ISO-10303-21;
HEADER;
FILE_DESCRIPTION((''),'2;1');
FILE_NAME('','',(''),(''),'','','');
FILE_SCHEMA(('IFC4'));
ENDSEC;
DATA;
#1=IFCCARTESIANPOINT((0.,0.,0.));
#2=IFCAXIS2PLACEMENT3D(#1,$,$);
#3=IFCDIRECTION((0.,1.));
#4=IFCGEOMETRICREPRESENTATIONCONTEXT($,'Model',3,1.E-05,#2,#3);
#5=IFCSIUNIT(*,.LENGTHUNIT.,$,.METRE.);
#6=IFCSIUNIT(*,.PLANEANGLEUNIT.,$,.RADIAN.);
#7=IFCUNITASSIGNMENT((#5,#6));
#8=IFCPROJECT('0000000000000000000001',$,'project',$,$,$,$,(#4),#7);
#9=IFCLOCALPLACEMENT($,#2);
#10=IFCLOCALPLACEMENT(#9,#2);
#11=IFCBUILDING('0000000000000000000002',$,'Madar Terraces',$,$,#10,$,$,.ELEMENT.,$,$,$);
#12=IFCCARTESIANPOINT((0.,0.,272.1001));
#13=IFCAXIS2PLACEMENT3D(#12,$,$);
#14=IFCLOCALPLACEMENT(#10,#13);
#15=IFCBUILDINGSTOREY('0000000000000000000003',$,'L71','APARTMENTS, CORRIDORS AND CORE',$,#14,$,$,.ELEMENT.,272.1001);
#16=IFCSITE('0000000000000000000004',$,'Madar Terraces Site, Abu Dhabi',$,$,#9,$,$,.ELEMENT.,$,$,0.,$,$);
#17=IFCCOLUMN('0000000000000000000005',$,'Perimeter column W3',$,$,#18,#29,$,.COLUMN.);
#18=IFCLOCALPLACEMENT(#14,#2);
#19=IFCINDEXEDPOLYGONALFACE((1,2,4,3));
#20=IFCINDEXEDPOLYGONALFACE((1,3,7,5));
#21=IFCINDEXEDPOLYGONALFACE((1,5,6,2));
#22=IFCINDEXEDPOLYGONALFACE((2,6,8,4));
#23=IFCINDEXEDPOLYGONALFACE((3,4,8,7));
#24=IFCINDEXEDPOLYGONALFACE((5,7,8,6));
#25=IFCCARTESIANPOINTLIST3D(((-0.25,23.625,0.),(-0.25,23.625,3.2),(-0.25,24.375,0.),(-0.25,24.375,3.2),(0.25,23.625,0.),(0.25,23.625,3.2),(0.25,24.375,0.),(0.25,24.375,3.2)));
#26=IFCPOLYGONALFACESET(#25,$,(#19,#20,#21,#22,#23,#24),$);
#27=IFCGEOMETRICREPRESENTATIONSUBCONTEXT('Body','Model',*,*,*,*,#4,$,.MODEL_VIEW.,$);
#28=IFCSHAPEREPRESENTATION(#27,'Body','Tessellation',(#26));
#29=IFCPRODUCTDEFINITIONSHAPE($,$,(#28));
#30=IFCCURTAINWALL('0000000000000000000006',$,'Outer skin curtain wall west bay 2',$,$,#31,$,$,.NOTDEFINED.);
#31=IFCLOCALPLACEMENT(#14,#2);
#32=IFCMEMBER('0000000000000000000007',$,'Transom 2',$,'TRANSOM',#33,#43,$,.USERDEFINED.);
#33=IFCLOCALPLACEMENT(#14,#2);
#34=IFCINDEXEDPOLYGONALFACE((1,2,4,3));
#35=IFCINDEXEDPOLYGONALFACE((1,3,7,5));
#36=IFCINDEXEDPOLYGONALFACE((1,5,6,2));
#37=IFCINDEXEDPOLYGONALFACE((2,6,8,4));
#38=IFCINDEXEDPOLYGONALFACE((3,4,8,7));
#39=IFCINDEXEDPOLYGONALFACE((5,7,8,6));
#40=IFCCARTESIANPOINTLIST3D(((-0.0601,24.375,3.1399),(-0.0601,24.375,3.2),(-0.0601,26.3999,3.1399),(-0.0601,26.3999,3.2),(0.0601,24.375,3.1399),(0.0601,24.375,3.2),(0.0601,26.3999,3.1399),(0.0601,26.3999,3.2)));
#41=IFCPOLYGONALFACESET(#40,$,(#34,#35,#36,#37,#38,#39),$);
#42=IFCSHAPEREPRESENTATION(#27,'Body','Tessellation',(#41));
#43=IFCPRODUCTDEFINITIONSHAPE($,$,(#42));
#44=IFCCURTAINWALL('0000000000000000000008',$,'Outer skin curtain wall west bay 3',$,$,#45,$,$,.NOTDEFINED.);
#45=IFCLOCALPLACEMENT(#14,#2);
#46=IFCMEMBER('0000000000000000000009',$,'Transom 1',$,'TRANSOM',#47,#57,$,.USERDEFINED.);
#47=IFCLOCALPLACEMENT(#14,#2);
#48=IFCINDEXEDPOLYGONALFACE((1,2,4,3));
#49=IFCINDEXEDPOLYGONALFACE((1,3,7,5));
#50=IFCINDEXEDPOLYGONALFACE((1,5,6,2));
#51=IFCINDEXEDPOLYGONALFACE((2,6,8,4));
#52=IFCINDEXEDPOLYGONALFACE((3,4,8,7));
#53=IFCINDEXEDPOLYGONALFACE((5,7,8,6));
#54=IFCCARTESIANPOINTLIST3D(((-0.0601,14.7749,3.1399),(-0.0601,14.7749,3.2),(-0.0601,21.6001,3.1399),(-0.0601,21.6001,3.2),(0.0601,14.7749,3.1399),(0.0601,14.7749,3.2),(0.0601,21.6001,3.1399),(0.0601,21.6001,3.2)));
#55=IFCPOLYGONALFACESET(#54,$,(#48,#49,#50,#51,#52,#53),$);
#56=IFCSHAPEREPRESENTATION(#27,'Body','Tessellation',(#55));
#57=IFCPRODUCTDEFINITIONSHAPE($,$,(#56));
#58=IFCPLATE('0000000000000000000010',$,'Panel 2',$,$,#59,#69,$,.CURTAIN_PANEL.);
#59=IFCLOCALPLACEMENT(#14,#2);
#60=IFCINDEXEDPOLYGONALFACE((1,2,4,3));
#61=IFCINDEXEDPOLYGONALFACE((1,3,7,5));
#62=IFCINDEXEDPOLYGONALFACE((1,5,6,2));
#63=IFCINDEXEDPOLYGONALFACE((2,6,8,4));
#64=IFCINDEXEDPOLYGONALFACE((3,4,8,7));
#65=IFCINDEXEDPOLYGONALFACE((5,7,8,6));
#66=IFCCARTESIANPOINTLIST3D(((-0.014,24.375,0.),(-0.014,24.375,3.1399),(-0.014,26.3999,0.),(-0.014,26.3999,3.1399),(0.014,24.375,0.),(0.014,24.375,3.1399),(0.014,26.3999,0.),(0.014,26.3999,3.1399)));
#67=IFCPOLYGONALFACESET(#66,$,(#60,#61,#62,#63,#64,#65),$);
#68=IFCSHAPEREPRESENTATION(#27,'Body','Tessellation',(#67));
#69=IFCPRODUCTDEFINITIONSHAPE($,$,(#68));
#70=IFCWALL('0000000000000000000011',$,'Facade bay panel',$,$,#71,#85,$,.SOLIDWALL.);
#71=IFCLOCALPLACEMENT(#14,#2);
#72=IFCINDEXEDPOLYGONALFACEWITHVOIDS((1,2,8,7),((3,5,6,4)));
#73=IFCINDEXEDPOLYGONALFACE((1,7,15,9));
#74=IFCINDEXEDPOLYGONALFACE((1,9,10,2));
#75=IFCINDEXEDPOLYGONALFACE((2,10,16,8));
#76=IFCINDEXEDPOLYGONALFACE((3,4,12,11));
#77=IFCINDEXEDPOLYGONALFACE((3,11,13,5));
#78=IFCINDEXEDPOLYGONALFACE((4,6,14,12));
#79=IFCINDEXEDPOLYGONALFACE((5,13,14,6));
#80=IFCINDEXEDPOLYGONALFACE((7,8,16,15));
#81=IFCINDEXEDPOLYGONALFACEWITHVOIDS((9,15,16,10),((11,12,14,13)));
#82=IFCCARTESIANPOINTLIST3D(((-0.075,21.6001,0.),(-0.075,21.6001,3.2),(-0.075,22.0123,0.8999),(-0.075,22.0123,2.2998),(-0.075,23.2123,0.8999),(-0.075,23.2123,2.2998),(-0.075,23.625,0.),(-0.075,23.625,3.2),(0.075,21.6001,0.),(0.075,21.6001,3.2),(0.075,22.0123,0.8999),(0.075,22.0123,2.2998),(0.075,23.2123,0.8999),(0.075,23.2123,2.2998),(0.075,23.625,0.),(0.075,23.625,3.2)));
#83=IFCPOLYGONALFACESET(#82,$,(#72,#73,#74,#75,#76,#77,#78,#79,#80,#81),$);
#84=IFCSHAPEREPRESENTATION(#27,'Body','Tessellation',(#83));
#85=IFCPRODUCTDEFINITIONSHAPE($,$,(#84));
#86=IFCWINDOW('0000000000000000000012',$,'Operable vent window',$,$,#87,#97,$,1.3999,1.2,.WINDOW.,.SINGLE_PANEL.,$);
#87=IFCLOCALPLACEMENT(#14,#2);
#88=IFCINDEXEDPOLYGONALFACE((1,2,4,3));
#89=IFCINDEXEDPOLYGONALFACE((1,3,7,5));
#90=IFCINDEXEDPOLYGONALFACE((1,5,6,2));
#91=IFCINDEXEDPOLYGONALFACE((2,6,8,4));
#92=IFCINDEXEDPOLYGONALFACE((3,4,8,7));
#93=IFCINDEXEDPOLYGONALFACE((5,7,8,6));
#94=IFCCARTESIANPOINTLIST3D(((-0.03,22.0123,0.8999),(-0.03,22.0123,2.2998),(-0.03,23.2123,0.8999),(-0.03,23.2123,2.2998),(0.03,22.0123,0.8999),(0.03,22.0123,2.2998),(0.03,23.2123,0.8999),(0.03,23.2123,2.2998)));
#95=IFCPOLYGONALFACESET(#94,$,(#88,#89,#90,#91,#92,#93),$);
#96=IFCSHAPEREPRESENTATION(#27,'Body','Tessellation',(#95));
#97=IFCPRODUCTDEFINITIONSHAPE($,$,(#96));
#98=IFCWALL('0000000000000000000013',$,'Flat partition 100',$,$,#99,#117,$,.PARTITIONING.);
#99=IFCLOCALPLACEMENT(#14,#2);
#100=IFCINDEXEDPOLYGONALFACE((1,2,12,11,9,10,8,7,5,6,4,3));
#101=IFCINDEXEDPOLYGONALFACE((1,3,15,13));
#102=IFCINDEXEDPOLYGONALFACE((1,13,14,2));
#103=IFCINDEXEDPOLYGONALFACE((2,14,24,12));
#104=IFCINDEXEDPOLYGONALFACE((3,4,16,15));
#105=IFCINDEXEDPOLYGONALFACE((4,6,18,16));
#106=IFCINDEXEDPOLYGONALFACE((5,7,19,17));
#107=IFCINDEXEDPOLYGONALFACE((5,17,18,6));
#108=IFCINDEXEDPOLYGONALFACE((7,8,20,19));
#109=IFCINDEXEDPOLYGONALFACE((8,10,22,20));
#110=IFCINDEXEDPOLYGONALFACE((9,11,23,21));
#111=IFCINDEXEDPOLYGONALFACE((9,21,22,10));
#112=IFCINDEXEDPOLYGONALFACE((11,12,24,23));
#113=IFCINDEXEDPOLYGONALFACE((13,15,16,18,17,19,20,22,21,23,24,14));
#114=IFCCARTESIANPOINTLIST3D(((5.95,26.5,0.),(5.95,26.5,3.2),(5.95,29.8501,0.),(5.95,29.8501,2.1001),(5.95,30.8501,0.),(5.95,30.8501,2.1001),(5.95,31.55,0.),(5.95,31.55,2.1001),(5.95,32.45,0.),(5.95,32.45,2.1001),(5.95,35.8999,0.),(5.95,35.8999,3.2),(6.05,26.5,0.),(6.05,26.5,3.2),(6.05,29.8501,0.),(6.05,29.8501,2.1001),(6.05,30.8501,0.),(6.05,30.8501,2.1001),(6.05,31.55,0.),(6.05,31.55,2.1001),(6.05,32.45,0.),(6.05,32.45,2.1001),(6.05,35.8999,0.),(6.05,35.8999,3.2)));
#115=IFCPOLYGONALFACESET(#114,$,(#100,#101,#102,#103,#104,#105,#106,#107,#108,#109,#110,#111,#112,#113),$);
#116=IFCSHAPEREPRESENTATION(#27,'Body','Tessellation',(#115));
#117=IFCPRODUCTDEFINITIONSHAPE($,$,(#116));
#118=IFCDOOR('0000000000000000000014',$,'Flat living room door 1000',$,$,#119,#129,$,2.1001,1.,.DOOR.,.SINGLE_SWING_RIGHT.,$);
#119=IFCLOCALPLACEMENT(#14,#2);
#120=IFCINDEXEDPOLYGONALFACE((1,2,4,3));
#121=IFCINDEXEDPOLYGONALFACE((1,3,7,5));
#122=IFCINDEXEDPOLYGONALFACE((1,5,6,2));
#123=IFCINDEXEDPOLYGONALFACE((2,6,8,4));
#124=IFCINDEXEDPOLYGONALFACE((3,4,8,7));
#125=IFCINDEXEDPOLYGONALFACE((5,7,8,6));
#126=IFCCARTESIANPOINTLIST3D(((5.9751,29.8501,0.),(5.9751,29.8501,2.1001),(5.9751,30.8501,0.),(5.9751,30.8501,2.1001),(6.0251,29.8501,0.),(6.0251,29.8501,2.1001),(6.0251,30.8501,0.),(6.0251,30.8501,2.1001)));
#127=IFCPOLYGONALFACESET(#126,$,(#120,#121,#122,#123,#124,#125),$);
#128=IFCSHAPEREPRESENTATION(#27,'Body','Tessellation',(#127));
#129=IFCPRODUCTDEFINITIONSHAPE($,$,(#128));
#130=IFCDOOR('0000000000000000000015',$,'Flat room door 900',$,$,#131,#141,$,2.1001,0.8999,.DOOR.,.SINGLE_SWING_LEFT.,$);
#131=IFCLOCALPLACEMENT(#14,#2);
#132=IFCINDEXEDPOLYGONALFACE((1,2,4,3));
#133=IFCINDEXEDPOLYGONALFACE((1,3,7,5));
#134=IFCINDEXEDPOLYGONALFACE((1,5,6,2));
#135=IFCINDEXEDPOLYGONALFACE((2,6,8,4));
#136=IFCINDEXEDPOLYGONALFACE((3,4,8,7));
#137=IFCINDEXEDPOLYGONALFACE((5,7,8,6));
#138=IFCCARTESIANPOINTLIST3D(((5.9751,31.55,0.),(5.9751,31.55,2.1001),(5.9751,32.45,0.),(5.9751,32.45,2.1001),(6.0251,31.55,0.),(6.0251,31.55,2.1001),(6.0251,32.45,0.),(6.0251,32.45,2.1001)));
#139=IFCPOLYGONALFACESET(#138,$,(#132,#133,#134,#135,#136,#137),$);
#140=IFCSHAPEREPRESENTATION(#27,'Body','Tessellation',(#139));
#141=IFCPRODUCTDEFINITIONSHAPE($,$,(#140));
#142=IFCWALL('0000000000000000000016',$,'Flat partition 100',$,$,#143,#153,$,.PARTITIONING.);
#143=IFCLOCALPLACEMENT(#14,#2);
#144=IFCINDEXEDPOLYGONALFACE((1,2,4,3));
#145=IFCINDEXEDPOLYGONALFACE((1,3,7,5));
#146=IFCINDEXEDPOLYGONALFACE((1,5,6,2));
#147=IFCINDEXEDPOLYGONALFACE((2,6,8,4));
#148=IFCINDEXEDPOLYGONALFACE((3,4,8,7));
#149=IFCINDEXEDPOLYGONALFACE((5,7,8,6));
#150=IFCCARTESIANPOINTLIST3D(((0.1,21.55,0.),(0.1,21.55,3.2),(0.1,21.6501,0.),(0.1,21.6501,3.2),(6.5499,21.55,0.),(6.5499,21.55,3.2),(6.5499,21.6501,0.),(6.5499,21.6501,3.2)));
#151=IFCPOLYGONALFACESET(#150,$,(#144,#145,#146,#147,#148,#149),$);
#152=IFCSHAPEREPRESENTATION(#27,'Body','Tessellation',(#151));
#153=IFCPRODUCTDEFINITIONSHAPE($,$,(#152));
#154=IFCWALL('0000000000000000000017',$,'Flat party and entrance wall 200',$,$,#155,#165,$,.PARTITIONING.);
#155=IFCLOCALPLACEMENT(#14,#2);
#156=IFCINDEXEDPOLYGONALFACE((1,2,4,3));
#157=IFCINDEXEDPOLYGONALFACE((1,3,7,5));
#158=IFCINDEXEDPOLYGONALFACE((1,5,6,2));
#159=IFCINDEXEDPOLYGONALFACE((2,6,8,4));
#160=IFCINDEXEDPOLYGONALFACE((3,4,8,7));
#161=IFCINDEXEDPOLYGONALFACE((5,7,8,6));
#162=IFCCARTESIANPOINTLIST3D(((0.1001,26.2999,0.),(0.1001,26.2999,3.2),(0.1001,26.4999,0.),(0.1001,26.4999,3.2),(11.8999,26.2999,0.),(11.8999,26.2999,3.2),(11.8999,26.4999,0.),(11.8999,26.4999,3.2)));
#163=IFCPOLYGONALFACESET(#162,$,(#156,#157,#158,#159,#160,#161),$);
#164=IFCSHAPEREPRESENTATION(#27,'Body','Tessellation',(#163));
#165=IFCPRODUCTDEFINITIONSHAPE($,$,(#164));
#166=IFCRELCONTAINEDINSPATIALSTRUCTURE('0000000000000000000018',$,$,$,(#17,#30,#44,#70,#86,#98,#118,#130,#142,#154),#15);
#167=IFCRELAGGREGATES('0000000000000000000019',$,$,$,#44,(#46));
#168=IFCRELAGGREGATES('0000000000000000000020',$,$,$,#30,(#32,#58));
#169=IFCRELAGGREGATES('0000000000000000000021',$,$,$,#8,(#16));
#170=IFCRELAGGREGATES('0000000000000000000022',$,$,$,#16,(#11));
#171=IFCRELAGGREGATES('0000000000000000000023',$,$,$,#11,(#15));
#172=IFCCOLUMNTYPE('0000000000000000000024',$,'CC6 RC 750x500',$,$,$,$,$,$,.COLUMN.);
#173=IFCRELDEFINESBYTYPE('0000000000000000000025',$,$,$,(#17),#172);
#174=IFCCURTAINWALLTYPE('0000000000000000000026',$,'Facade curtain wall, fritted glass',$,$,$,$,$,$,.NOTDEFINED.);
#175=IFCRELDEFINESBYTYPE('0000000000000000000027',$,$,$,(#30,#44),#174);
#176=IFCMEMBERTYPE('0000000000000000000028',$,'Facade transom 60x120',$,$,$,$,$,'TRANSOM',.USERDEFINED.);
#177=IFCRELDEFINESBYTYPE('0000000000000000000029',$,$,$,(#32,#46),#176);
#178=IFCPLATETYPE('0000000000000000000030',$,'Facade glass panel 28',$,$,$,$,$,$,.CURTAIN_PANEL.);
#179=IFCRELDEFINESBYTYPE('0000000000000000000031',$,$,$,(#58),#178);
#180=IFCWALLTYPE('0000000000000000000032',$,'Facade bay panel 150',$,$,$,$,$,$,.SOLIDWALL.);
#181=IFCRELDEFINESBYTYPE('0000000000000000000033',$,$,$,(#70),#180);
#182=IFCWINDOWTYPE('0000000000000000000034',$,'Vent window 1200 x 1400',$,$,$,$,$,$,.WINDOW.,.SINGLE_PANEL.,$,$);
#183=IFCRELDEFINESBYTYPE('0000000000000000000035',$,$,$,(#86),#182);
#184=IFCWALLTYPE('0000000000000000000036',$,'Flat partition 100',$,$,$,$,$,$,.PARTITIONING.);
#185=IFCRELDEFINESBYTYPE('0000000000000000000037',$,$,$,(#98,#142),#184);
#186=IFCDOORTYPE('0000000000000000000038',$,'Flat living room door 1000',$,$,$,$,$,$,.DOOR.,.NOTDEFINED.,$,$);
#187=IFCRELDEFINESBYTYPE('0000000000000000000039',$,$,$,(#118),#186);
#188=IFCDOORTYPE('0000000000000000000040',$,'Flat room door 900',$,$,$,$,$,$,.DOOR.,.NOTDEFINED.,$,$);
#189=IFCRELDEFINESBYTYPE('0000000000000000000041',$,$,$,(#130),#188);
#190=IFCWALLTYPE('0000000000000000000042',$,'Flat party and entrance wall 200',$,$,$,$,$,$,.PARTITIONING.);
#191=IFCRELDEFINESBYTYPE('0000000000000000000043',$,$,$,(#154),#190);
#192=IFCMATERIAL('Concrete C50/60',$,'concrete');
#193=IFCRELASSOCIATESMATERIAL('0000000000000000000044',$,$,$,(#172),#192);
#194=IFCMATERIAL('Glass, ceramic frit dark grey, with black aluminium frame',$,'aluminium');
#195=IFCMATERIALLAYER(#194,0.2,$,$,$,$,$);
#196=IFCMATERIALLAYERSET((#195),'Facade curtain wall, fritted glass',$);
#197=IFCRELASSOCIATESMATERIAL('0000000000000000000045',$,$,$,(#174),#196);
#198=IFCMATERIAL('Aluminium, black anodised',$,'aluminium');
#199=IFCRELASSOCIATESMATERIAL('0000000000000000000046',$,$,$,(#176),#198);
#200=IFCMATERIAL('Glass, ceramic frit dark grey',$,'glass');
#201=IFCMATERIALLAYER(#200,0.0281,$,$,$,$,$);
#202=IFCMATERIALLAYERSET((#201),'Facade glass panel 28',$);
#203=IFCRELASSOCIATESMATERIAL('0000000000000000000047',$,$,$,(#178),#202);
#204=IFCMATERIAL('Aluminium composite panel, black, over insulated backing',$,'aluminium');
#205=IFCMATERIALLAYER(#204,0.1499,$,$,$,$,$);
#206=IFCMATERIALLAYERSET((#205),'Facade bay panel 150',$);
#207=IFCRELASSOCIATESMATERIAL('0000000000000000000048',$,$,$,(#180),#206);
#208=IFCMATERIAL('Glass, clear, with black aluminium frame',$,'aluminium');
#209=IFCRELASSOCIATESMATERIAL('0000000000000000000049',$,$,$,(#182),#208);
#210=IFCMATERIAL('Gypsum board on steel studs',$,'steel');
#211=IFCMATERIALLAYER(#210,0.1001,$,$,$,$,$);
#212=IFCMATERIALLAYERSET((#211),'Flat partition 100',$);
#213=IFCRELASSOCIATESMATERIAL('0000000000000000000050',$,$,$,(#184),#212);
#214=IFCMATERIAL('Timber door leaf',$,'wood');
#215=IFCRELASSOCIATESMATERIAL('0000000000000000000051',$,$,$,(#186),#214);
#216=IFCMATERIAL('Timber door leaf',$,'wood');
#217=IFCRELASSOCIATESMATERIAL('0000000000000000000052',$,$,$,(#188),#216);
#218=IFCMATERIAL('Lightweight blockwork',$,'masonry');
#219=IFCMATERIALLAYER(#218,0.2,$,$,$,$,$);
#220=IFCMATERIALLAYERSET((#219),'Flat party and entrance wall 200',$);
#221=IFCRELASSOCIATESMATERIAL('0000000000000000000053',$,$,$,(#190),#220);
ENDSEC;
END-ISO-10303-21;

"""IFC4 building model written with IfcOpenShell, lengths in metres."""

from ifc_helpers import new_model, si_unit, direction, frame, frame_2d, origin, origin_2d, place, context, subcontext, project, spatial, rectangle, extrude, material, layer, layer_set, material_profile, profile_set, type_object, element, fill, aggregate, save


model = new_model("IFC4")

# Units and contexts
model_context = context("Model", 3, precision=1e-05, world=origin(), true_north=direction((0.0, 1.0)))
body_context = subcontext(model_context, "Body", "Model", "MODEL_VIEW")
ifc_project = project(units=[si_unit("LENGTHUNIT", "METRE"), si_unit("PLANEANGLEUNIT", "RADIAN")], contexts=[model_context])

# Site, building, storey
site_placement = place(None, origin())
site = spatial("IfcSite", under=ifc_project, at=site_placement, Name="Madar Terraces Site, Abu Dhabi", CompositionType="ELEMENT", RefElevation=0.0)
building_placement = place(site_placement, origin())
building = spatial("IfcBuilding", under=site, at=building_placement, Name="Madar Terraces", CompositionType="ELEMENT")
storey_placement = place(building_placement, frame((0.0, 0.0, 272.1001)))
storey = spatial("IfcBuildingStorey", under=building, at=storey_placement, Name="L71", Description="APARTMENTS, CORRIDORS AND CORE", CompositionType="ELEMENT", Elevation=272.1001)

# Column
ifc_material_1 = material(Name="Concrete C50/60", Category="concrete")
ifc_material_profile_1 = material_profile(ifc_material_1, rectangle(XDim=0.75, YDim=0.5, at=origin_2d()), Name="CC6 RC 750x500")
ifc_profile_set_1 = profile_set([ifc_material_profile_1], Name="Concrete C50/60")
column_type = type_object("IfcColumnType", Name="CC6 RC 750x500", PredefinedType="COLUMN", material=ifc_profile_set_1)
column_placement = place(storey_placement, frame((0.0, 24.0, 0.0), z_axis=(0.0, 0.0, 1.0), x_axis=(0.0, 1.0, 0.0)))
element("IfcColumn", 1, at=column_placement, inside=storey, type_object=column_type, Name="Perimeter column W3", PredefinedType="COLUMN", context=body_context, shape_type="SweptSolid", body=[
    extrude(rectangle(XDim=0.75, YDim=0.5, at=origin_2d()), origin(), (0.0, 0.0, 1.0), 3.2),
])

# Curtain walls, members
ifc_material_2 = material(Name="Glass, ceramic frit dark grey, with black aluminium frame", Category="aluminium")
ifc_layer_1 = layer(ifc_material_2, 0.2)
ifc_layer_set_1 = layer_set([ifc_layer_1], Name="Facade curtain wall, fritted glass")
curtain_wall_type = type_object("IfcCurtainWallType", Name="Facade curtain wall, fritted glass", PredefinedType="NOTDEFINED", material=ifc_layer_set_1)
curtain_wall_1_placement = place(storey_placement, origin())
curtain_wall_1 = element("IfcCurtainWall", 2, at=curtain_wall_1_placement, inside=storey, type_object=curtain_wall_type, Name="Outer skin curtain wall west bay 2", PredefinedType="NOTDEFINED")
ifc_material_3 = material(Name="Aluminium, black anodised", Category="aluminium")
ifc_material_profile_2 = material_profile(ifc_material_3, rectangle(XDim=0.1201, YDim=0.0601, at=origin_2d()), Name="Facade transom 60x120")
ifc_profile_set_2 = profile_set([ifc_material_profile_2], Name="Aluminium, black anodised")
member_type = type_object("IfcMemberType", Name="Facade transom 60x120", ElementType="TRANSOM", PredefinedType="USERDEFINED", material=ifc_profile_set_2)
member_1_placement = place(storey_placement, frame((0.0, 26.3999, 3.1699), z_axis=(0.0, -1.0, 0.0), x_axis=(1.0, 0.0, 0.0)))
member_1 = element("IfcMember", 3, at=member_1_placement, type_object=member_type, Name="Transom 2", ObjectType="TRANSOM", PredefinedType="USERDEFINED", context=body_context, shape_type="SweptSolid", body=[
    extrude(rectangle(XDim=0.1201, YDim=0.0601, at=origin_2d()), origin(), (0.0, 0.0, 1.0), 2.0249),
])
curtain_wall_2_placement = place(storey_placement, origin())
curtain_wall_2 = element("IfcCurtainWall", 4, at=curtain_wall_2_placement, inside=storey, type_object=curtain_wall_type, Name="Outer skin curtain wall west bay 3", PredefinedType="NOTDEFINED")
member_2_placement = place(storey_placement, frame((0.0, 21.6001, 3.1699), z_axis=(0.0, -1.0, 0.0), x_axis=(1.0, 0.0, 0.0)))
member_2 = element("IfcMember", 5, at=member_2_placement, type_object=member_type, Name="Transom 1", ObjectType="TRANSOM", PredefinedType="USERDEFINED", context=body_context, shape_type="SweptSolid", body=[
    extrude(rectangle(XDim=0.1201, YDim=0.0601, at=origin_2d()), origin(), (0.0, 0.0, 1.0), 6.8252),
])
aggregate(curtain_wall_2, [member_2])

# Plate
ifc_material_4 = material(Name="Glass, ceramic frit dark grey", Category="glass")
ifc_layer_2 = layer(ifc_material_4, 0.0281)
ifc_layer_set_2 = layer_set([ifc_layer_2], Name="Facade glass panel 28")
plate_type = type_object("IfcPlateType", Name="Facade glass panel 28", PredefinedType="CURTAIN_PANEL", material=ifc_layer_set_2)
plate_placement = place(storey_placement, frame((0.0, 25.3875, 0.0), z_axis=(0.0, 0.0, 1.0), x_axis=(0.0, -1.0, 0.0)))
plate = element("IfcPlate", 6, at=plate_placement, type_object=plate_type, Name="Panel 2", PredefinedType="CURTAIN_PANEL", context=body_context, shape_type="SweptSolid", body=[
    extrude(rectangle(XDim=2.0249, YDim=0.0281, at=origin_2d()), origin(), (0.0, 0.0, 1.0), 3.1399),
])
aggregate(curtain_wall_1, [member_1, plate])

# Shared definitions
ifc_material_5 = material(Name="Aluminium composite panel, black, over insulated backing", Category="aluminium")
ifc_layer_3 = layer(ifc_material_5, 0.1499)
ifc_layer_set_3 = layer_set([ifc_layer_3], Name="Facade bay panel 150")
wall_type_1 = type_object("IfcWallType", Name="Facade bay panel 150", PredefinedType="SOLIDWALL", material=ifc_layer_set_3)

# Wall, opening, window
wall_1_placement = place(storey_placement, frame((0.0, 23.625, 0.0), z_axis=(0.0, 0.0, 1.0), x_axis=(0.0, -1.0, 0.0)))
wall_1 = element("IfcWall", 7, at=wall_1_placement, inside=storey, type_object=wall_type_1, Name="Facade bay panel", PredefinedType="SOLIDWALL", context=body_context, shape_type="SweptSolid", body=[
    extrude(rectangle(XDim=2.0249, YDim=0.1499, at=frame_2d((1.0125, 0.0))), origin(), (0.0, 0.0, 1.0), 3.2),
])
opening_1_placement = place(wall_1_placement, frame((0.4126, 0.0, 0.8999)))
opening_1 = element("IfcOpeningElement", 8, at=opening_1_placement, cuts=wall_1, PredefinedType="OPENING", context=body_context, shape_type="SweptSolid", body=[
    extrude(rectangle(XDim=1.2, YDim=1.3999, at=frame_2d((0.6001, 0.7))), frame((0.0, 0.085, 0.0), z_axis=(0.0, -1.0, 0.0), x_axis=(1.0, 0.0, 0.0)), (0.0, 0.0, 1.0), 0.1699),
])
ifc_material_6 = material(Name="Glass, clear, with black aluminium frame", Category="aluminium")
window_type = type_object("IfcWindowType", Name="Vent window 1200 x 1400", PartitioningType="SINGLE_PANEL", PredefinedType="WINDOW", material=ifc_material_6)
window_placement = place(opening_1_placement, origin())
window = element("IfcWindow", 9, at=window_placement, inside=storey, type_object=window_type, Name="Operable vent window", OverallHeight=1.3999, OverallWidth=1.2, PartitioningType="SINGLE_PANEL", PredefinedType="WINDOW", context=body_context, shape_type="SweptSolid", body=[
    extrude(rectangle(XDim=1.2, YDim=1.3999, at=frame_2d((0.6001, 0.7))), frame((0.0, 0.03, 0.0), z_axis=(0.0, -1.0, 0.0), x_axis=(1.0, 0.0, 0.0)), (0.0, 0.0, 1.0), 0.0601),
])
fill(opening_1, window)

# Wall, openings, doors
ifc_material_7 = material(Name="Gypsum board on steel studs", Category="steel")
ifc_layer_4 = layer(ifc_material_7, 0.1001)
ifc_layer_set_4 = layer_set([ifc_layer_4], Name="Flat partition 100")
wall_type_2 = type_object("IfcWallType", Name="Flat partition 100", PredefinedType="PARTITIONING", material=ifc_layer_set_4)
wall_2_placement = place(storey_placement, frame((6.0, 26.5, 0.0), z_axis=(0.0, 0.0, 1.0), x_axis=(0.0, 1.0, 0.0)))
wall_2 = element("IfcWall", 10, at=wall_2_placement, inside=storey, type_object=wall_type_2, Name="Flat partition 100", PredefinedType="PARTITIONING", context=body_context, shape_type="SweptSolid", body=[
    extrude(rectangle(XDim=9.3999, YDim=0.1001, at=frame_2d((4.7, 0.0))), origin(), (0.0, 0.0, 1.0), 3.2),
])
opening_2_placement = place(wall_2_placement, frame((3.3501, 0.0, 0.0)))
opening_2 = element("IfcOpeningElement", 11, at=opening_2_placement, cuts=wall_2, PredefinedType="OPENING", context=body_context, shape_type="SweptSolid", body=[
    extrude(rectangle(XDim=1.0, YDim=2.1001, at=frame_2d((0.5, 1.05))), frame((0.0, 0.0601, 0.0), z_axis=(0.0, -1.0, 0.0), x_axis=(1.0, 0.0, 0.0)), (0.0, 0.0, 1.0), 0.1201),
])
opening_3_placement = place(wall_2_placement, frame((5.05, 0.0, 0.0)))
opening_3 = element("IfcOpeningElement", 12, at=opening_3_placement, cuts=wall_2, PredefinedType="OPENING", context=body_context, shape_type="SweptSolid", body=[
    extrude(rectangle(XDim=0.8999, YDim=2.1001, at=frame_2d((0.45, 1.05))), frame((0.0, 0.0601, 0.0), z_axis=(0.0, -1.0, 0.0), x_axis=(1.0, 0.0, 0.0)), (0.0, 0.0, 1.0), 0.1201),
])
ifc_material_8 = material(Name="Timber door leaf", Category="wood")
door_type_1 = type_object("IfcDoorType", Name="Flat living room door 1000", OperationType="NOTDEFINED", PredefinedType="DOOR", material=ifc_material_8)
door_1_placement = place(opening_2_placement, origin())
door_1 = element("IfcDoor", 13, at=door_1_placement, inside=storey, type_object=door_type_1, Name="Flat living room door 1000", OperationType="SINGLE_SWING_RIGHT", OverallHeight=2.1001, OverallWidth=1.0, PredefinedType="DOOR", context=body_context, shape_type="SweptSolid", body=[
    extrude(rectangle(XDim=1.0, YDim=2.1001, at=frame_2d((0.5, 1.05))), frame((0.0, 0.0249, 0.0), z_axis=(0.0, -1.0, 0.0), x_axis=(1.0, 0.0, 0.0)), (0.0, 0.0, 1.0), 0.05),
])
fill(opening_2, door_1)
ifc_material_9 = material(Name="Timber door leaf", Category="wood")
door_type_2 = type_object("IfcDoorType", Name="Flat room door 900", OperationType="NOTDEFINED", PredefinedType="DOOR", material=ifc_material_9)
door_2_placement = place(opening_3_placement, origin())
door_2 = element("IfcDoor", 14, at=door_2_placement, inside=storey, type_object=door_type_2, Name="Flat room door 900", OperationType="SINGLE_SWING_LEFT", OverallHeight=2.1001, OverallWidth=0.8999, PredefinedType="DOOR", context=body_context, shape_type="SweptSolid", body=[
    extrude(rectangle(XDim=0.8999, YDim=2.1001, at=frame_2d((0.45, 1.05))), frame((0.0, 0.0249, 0.0), z_axis=(0.0, -1.0, 0.0), x_axis=(1.0, 0.0, 0.0)), (0.0, 0.0, 1.0), 0.05),
])
fill(opening_3, door_2)

# Walls
wall_3_placement = place(storey_placement, frame((6.55, 21.6001, 0.0), z_axis=(0.0, 0.0, 1.0), x_axis=(-1.0, 0.0, 0.0)))
element("IfcWall", 15, at=wall_3_placement, inside=storey, type_object=wall_type_2, Name="Flat partition 100", PredefinedType="PARTITIONING", context=body_context, shape_type="SweptSolid", body=[
    extrude(rectangle(XDim=6.45, YDim=0.1001, at=frame_2d((3.2251, 0.0))), origin(), (0.0, 0.0, 1.0), 3.2),
])
ifc_material_10 = material(Name="Lightweight blockwork", Category="masonry")
ifc_layer_5 = layer(ifc_material_10, 0.2)
ifc_layer_set_5 = layer_set([ifc_layer_5], Name="Flat party and entrance wall 200")
wall_type_3 = type_object("IfcWallType", Name="Flat party and entrance wall 200", PredefinedType="PARTITIONING", material=ifc_layer_set_5)
wall_4_placement = place(storey_placement, frame((0.1001, 26.3999, 0.0), z_axis=(0.0, 0.0, 1.0), x_axis=(1.0, 0.0, 0.0)))
element("IfcWall", 16, at=wall_4_placement, inside=storey, type_object=wall_type_3, Name="Flat party and entrance wall 200", PredefinedType="PARTITIONING", context=body_context, shape_type="SweptSolid", body=[
    extrude(rectangle(XDim=11.7998, YDim=0.2, at=frame_2d((5.8999, 0.0))), origin(), (0.0, 0.0, 1.0), 3.2),
])

save(model, "model.ifc")
